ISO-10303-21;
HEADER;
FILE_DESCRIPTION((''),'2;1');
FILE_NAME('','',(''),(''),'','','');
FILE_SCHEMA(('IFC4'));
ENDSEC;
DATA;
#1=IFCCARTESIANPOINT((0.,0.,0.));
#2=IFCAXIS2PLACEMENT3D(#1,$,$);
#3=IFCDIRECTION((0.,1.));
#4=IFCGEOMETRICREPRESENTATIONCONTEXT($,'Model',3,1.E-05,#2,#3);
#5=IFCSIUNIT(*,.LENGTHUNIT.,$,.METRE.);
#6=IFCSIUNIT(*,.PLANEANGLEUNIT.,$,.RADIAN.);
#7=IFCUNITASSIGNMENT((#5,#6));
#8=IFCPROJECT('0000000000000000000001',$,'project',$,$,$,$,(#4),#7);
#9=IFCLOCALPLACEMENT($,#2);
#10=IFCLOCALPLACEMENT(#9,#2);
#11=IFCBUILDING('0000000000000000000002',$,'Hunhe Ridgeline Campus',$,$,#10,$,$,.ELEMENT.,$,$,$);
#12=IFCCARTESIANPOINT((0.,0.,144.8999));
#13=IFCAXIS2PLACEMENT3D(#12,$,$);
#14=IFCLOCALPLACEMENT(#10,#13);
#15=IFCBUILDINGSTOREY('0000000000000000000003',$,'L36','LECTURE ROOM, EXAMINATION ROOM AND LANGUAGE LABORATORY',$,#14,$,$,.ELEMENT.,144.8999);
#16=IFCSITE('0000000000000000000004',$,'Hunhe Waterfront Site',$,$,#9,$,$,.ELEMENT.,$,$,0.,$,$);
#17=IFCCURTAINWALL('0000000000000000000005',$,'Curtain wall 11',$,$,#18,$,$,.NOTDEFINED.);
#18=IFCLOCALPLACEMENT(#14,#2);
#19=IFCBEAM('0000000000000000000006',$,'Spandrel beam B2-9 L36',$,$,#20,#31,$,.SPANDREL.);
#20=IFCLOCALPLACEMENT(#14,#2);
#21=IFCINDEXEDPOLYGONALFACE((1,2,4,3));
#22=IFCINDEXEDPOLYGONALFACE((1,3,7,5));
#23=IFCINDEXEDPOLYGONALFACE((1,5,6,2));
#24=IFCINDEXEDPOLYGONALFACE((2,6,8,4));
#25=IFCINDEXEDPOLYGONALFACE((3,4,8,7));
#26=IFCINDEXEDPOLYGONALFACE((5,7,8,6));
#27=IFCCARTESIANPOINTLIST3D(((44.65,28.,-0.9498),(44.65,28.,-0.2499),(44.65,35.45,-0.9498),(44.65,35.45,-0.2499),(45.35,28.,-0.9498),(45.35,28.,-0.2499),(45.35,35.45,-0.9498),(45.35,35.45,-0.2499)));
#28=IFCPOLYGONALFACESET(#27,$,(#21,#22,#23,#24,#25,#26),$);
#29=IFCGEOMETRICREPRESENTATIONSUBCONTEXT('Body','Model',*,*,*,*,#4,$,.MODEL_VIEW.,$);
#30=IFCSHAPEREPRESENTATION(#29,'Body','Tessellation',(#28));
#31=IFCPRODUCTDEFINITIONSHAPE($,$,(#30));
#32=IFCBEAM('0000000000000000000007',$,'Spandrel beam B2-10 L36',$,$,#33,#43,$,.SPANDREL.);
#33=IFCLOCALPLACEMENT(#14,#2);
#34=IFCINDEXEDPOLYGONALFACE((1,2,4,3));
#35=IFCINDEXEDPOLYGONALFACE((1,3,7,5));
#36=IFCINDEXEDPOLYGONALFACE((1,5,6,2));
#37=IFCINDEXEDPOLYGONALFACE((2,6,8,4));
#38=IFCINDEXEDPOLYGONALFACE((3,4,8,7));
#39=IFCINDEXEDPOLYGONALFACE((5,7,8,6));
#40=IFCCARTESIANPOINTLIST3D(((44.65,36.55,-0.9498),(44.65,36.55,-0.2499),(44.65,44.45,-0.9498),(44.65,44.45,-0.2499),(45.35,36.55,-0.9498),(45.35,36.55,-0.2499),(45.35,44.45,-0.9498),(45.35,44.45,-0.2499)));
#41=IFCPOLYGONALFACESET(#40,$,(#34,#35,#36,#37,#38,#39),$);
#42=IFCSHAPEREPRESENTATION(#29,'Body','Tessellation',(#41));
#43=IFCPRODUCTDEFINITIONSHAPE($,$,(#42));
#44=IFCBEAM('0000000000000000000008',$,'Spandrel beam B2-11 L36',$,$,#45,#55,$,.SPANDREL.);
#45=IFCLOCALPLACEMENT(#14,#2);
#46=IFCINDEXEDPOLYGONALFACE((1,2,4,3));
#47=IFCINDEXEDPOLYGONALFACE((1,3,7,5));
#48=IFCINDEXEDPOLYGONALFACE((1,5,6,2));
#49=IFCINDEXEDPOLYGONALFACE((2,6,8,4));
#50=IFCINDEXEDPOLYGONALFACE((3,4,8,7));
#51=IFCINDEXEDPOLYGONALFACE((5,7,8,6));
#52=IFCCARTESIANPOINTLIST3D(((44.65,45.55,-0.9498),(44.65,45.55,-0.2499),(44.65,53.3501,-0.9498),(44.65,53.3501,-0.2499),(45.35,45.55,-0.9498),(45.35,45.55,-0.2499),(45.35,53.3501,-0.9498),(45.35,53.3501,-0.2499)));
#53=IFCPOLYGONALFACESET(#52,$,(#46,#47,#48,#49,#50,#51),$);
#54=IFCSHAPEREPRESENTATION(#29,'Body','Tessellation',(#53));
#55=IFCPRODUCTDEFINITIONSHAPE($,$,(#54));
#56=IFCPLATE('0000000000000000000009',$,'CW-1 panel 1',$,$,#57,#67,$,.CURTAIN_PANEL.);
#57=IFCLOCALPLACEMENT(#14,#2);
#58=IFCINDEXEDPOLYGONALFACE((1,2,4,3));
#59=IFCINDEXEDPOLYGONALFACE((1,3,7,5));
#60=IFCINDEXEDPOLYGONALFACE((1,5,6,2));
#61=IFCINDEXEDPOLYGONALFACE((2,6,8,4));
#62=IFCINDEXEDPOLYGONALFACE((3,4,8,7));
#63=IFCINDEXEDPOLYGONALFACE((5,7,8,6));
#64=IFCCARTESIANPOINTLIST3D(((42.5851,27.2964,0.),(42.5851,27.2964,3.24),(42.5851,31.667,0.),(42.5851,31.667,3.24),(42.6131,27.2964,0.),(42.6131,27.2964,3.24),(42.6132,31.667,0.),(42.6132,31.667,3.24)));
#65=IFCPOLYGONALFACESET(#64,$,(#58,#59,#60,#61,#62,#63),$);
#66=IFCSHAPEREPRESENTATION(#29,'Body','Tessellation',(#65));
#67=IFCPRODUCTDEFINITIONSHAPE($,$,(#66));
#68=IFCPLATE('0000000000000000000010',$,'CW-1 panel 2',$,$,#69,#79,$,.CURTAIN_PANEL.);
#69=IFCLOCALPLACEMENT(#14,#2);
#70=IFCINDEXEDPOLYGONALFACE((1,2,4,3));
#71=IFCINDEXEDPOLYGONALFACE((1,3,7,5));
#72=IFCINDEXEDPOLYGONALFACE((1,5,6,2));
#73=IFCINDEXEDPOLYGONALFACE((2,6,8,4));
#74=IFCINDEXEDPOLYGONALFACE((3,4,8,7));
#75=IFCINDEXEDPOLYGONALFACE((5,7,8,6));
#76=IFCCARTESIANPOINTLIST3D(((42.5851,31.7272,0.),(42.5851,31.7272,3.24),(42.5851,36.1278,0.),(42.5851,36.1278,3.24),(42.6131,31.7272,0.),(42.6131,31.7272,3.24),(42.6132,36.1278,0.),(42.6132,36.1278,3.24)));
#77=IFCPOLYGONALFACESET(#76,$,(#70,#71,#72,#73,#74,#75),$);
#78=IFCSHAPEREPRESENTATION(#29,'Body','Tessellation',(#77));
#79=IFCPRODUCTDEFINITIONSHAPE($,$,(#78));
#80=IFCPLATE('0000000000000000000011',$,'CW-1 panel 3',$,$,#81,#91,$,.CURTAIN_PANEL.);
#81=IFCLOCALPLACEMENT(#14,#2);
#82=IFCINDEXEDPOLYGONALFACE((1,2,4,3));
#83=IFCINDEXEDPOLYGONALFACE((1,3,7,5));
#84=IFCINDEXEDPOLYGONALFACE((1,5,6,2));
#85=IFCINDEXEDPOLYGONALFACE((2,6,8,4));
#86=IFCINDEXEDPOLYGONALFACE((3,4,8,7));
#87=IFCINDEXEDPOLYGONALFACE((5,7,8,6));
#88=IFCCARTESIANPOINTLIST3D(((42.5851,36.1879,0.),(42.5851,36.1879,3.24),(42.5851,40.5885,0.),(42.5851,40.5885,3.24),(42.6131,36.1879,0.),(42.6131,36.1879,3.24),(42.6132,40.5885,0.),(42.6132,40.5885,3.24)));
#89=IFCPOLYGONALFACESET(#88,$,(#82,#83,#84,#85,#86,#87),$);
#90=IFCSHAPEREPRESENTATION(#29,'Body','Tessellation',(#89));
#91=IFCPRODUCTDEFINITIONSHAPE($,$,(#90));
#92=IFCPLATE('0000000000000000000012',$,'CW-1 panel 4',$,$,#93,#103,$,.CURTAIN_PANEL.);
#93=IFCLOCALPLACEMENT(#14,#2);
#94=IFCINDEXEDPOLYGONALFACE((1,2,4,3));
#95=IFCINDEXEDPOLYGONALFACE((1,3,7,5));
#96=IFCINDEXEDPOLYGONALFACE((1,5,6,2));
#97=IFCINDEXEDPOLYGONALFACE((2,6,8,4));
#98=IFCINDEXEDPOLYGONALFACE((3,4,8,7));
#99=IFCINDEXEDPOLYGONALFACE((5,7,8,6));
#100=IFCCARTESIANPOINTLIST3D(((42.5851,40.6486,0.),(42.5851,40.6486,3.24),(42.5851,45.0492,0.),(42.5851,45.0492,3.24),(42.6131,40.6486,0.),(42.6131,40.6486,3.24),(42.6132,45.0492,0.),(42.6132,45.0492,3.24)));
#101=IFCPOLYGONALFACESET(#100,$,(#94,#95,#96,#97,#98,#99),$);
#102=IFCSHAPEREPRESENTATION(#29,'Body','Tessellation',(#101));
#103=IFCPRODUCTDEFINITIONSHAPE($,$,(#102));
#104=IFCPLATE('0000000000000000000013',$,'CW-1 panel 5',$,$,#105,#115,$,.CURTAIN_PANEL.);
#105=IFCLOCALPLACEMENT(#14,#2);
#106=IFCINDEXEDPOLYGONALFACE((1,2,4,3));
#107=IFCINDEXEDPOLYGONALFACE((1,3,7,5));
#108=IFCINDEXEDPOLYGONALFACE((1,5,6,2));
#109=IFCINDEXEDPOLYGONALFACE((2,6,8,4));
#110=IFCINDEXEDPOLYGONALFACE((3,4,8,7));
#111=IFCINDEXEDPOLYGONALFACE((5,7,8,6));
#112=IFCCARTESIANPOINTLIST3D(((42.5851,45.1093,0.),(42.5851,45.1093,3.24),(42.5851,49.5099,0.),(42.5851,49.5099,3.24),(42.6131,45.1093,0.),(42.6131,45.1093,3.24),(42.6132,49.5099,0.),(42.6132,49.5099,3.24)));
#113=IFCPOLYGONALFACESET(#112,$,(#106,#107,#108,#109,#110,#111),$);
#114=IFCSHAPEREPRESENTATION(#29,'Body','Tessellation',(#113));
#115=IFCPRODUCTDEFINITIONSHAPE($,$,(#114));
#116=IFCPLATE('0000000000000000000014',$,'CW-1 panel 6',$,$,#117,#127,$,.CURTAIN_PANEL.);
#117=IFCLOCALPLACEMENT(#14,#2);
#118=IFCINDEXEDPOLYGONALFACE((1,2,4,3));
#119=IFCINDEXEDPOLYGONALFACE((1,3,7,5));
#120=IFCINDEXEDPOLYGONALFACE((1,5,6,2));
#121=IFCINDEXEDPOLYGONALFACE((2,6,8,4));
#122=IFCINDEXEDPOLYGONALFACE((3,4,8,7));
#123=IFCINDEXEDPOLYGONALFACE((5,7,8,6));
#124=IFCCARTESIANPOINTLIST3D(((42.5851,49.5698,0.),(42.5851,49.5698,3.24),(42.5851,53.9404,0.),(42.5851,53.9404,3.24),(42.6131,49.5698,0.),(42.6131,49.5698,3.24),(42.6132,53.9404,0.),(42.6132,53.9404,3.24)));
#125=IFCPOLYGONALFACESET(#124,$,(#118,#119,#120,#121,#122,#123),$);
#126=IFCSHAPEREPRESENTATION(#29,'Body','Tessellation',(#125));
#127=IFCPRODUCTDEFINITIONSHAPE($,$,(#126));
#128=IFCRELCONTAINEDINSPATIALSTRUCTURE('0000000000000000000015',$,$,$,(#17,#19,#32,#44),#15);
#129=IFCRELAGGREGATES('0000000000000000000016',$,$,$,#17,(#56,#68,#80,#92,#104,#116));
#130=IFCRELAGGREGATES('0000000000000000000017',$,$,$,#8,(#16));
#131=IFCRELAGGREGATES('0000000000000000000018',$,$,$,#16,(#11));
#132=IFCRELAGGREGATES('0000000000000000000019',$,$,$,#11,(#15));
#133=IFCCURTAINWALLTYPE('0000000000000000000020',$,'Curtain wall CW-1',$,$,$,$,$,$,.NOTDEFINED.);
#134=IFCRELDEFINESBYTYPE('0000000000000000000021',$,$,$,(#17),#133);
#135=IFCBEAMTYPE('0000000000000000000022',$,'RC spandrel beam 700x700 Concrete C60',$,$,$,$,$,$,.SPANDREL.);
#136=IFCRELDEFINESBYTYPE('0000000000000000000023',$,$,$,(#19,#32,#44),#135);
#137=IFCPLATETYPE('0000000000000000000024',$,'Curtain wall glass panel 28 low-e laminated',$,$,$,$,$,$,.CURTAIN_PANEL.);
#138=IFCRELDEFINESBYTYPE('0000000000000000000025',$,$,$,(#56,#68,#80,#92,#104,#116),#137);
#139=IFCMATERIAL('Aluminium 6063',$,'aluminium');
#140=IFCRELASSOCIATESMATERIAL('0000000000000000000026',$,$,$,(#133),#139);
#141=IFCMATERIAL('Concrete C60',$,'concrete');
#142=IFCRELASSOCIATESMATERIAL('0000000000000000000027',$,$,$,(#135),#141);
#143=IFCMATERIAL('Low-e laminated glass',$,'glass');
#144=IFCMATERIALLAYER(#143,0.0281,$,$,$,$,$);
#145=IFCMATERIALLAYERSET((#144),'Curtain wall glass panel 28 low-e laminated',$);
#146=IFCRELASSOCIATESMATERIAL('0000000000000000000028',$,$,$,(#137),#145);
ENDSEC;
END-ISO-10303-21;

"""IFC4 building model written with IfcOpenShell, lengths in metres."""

from ifc_helpers import new_model, si_unit, direction, frame, origin, origin_2d, place, context, subcontext, project, spatial, rectangle, extrude, material, layer, layer_set, material_profile, profile_set, type_object, element, aggregate, save


model = new_model("IFC4")

# Units and contexts
model_context = context("Model", 3, precision=1e-05, world=origin(), true_north=direction((0.0, 1.0)))
body_context = subcontext(model_context, "Body", "Model", "MODEL_VIEW")
ifc_project = project(units=[si_unit("LENGTHUNIT", "METRE"), si_unit("PLANEANGLEUNIT", "RADIAN")], contexts=[model_context])

# Site, building, storey
site_placement = place(None, origin())
site = spatial("IfcSite", under=ifc_project, at=site_placement, Name="Hunhe Waterfront Site", CompositionType="ELEMENT", RefElevation=0.0)
building_placement = place(site_placement, origin())
building = spatial("IfcBuilding", under=site, at=building_placement, Name="Hunhe Ridgeline Campus", CompositionType="ELEMENT")
storey_placement = place(building_placement, frame((0.0, 0.0, 144.8999)))
storey = spatial("IfcBuildingStorey", under=building, at=storey_placement, Name="L36", Description="LECTURE ROOM, EXAMINATION ROOM AND LANGUAGE LABORATORY", CompositionType="ELEMENT", Elevation=144.8999)

# Curtain wall
ifc_material_1 = material(Name="Aluminium 6063", Category="aluminium")
curtain_wall_type_1 = type_object("IfcCurtainWallType", Name="Curtain wall CW-1", PredefinedType="NOTDEFINED", material=ifc_material_1)
curtain_wall_1_placement = place(storey_placement, origin())
curtain_wall_1 = element("IfcCurtainWall", 1, at=curtain_wall_1_placement, inside=storey, type_object=curtain_wall_type_1, Name="Curtain wall 11", PredefinedType="NOTDEFINED")

# Beams
ifc_material_2 = material(Name="Concrete C60", Category="concrete")
ifc_material_profile_1 = material_profile(ifc_material_2, rectangle(XDim=0.7, YDim=0.7, at=origin_2d()))
ifc_profile_set_1 = profile_set([ifc_material_profile_1], Name="Concrete C60")
beam_type = type_object("IfcBeamType", Name="RC spandrel beam 700x700 Concrete C60", PredefinedType="SPANDREL", material=ifc_profile_set_1)
beam_1_placement = place(storey_placement, frame((45.0, 28.0, -0.5999), z_axis=(0.0, 1.0, 0.0), x_axis=(-1.0, 0.0, 0.0)))
element("IfcBeam", 2, at=beam_1_placement, inside=storey, type_object=beam_type, Name="Spandrel beam B2-9 L36", PredefinedType="SPANDREL", context=body_context, shape_type="SweptSolid", body=[
    extrude(rectangle(XDim=0.7, YDim=0.7, at=origin_2d()), origin(), (0.0, 0.0, 1.0), 7.45),
])
beam_2_placement = place(storey_placement, frame((45.0, 36.55, -0.5999), z_axis=(0.0, 1.0, 0.0), x_axis=(-1.0, 0.0, 0.0)))
element("IfcBeam", 3, at=beam_2_placement, inside=storey, type_object=beam_type, Name="Spandrel beam B2-10 L36", PredefinedType="SPANDREL", context=body_context, shape_type="SweptSolid", body=[
    extrude(rectangle(XDim=0.7, YDim=0.7, at=origin_2d()), origin(), (0.0, 0.0, 1.0), 7.8999),
])
beam_3_placement = place(storey_placement, frame((45.0, 45.55, -0.5999), z_axis=(0.0, 1.0, 0.0), x_axis=(-1.0, 0.0, 0.0)))
element("IfcBeam", 4, at=beam_3_placement, inside=storey, type_object=beam_type, Name="Spandrel beam B2-11 L36", PredefinedType="SPANDREL", context=body_context, shape_type="SweptSolid", body=[
    extrude(rectangle(XDim=0.7, YDim=0.7, at=origin_2d()), origin(), (0.0, 0.0, 1.0), 7.8),
])

# Plates
ifc_material_3 = material(Name="Low-e laminated glass", Category="glass")
ifc_layer = layer(ifc_material_3, 0.0281)
ifc_layer_set = layer_set([ifc_layer], Name="Curtain wall glass panel 28 low-e laminated")
plate_type = type_object("IfcPlateType", Name="Curtain wall glass panel 28 low-e laminated", PredefinedType="CURTAIN_PANEL", material=ifc_layer_set)
plate_1_placement = place(storey_placement, frame((42.5991, 29.4817, 0.0), z_axis=(0.0, 0.0, 1.0), x_axis=(0.000004, 1.0, 0.0)))
plate_1 = element("IfcPlate", 5, at=plate_1_placement, type_object=plate_type, Name="CW-1 panel 1", PredefinedType="CURTAIN_PANEL", context=body_context, shape_type="SweptSolid", body=[
    extrude(rectangle(XDim=4.3706, YDim=0.0281, at=origin_2d()), origin(), (0.0, 0.0, 1.0), 3.24),
])
plate_2_placement = place(storey_placement, frame((42.5991, 33.9275, 0.0), z_axis=(0.0, 0.0, 1.0), x_axis=(0.000004, 1.0, 0.0)))
plate_2 = element("IfcPlate", 6, at=plate_2_placement, type_object=plate_type, Name="CW-1 panel 2", PredefinedType="CURTAIN_PANEL", context=body_context, shape_type="SweptSolid", body=[
    extrude(rectangle(XDim=4.4006, YDim=0.0281, at=origin_2d()), origin(), (0.0, 0.0, 1.0), 3.24),
])
plate_3_placement = place(storey_placement, frame((42.5991, 38.3882, 0.0), z_axis=(0.0, 0.0, 1.0), x_axis=(0.000004, 1.0, 0.0)))
plate_3 = element("IfcPlate", 7, at=plate_3_placement, type_object=plate_type, Name="CW-1 panel 3", PredefinedType="CURTAIN_PANEL", context=body_context, shape_type="SweptSolid", body=[
    extrude(rectangle(XDim=4.4006, YDim=0.0281, at=origin_2d()), origin(), (0.0, 0.0, 1.0), 3.24),
])
plate_4_placement = place(storey_placement, frame((42.5991, 42.8489, 0.0), z_axis=(0.0, 0.0, 1.0), x_axis=(0.000004, 1.0, 0.0)))
plate_4 = element("IfcPlate", 8, at=plate_4_placement, type_object=plate_type, Name="CW-1 panel 4", PredefinedType="CURTAIN_PANEL", context=body_context, shape_type="SweptSolid", body=[
    extrude(rectangle(XDim=4.4006, YDim=0.0281, at=origin_2d()), origin(), (0.0, 0.0, 1.0), 3.24),
])
plate_5_placement = place(storey_placement, frame((42.5991, 47.3096, 0.0), z_axis=(0.0, 0.0, 1.0), x_axis=(0.000004, 1.0, 0.0)))
plate_5 = element("IfcPlate", 9, at=plate_5_placement, type_object=plate_type, Name="CW-1 panel 5", PredefinedType="CURTAIN_PANEL", context=body_context, shape_type="SweptSolid", body=[
    extrude(rectangle(XDim=4.4006, YDim=0.0281, at=origin_2d()), origin(), (0.0, 0.0, 1.0), 3.24),
])
plate_6_placement = place(storey_placement, frame((42.5991, 51.7551, 0.0), z_axis=(0.0, 0.0, 1.0), x_axis=(0.000004, 1.0, 0.0)))
plate_6 = element("IfcPlate", 10, at=plate_6_placement, type_object=plate_type, Name="CW-1 panel 6", PredefinedType="CURTAIN_PANEL", context=body_context, shape_type="SweptSolid", body=[
    extrude(rectangle(XDim=4.3706, YDim=0.0281, at=origin_2d()), origin(), (0.0, 0.0, 1.0), 3.24),
])
aggregate(curtain_wall_1, [plate_1, plate_2, plate_3, plate_4, plate_5, plate_6])

save(model, "model.ifc")
